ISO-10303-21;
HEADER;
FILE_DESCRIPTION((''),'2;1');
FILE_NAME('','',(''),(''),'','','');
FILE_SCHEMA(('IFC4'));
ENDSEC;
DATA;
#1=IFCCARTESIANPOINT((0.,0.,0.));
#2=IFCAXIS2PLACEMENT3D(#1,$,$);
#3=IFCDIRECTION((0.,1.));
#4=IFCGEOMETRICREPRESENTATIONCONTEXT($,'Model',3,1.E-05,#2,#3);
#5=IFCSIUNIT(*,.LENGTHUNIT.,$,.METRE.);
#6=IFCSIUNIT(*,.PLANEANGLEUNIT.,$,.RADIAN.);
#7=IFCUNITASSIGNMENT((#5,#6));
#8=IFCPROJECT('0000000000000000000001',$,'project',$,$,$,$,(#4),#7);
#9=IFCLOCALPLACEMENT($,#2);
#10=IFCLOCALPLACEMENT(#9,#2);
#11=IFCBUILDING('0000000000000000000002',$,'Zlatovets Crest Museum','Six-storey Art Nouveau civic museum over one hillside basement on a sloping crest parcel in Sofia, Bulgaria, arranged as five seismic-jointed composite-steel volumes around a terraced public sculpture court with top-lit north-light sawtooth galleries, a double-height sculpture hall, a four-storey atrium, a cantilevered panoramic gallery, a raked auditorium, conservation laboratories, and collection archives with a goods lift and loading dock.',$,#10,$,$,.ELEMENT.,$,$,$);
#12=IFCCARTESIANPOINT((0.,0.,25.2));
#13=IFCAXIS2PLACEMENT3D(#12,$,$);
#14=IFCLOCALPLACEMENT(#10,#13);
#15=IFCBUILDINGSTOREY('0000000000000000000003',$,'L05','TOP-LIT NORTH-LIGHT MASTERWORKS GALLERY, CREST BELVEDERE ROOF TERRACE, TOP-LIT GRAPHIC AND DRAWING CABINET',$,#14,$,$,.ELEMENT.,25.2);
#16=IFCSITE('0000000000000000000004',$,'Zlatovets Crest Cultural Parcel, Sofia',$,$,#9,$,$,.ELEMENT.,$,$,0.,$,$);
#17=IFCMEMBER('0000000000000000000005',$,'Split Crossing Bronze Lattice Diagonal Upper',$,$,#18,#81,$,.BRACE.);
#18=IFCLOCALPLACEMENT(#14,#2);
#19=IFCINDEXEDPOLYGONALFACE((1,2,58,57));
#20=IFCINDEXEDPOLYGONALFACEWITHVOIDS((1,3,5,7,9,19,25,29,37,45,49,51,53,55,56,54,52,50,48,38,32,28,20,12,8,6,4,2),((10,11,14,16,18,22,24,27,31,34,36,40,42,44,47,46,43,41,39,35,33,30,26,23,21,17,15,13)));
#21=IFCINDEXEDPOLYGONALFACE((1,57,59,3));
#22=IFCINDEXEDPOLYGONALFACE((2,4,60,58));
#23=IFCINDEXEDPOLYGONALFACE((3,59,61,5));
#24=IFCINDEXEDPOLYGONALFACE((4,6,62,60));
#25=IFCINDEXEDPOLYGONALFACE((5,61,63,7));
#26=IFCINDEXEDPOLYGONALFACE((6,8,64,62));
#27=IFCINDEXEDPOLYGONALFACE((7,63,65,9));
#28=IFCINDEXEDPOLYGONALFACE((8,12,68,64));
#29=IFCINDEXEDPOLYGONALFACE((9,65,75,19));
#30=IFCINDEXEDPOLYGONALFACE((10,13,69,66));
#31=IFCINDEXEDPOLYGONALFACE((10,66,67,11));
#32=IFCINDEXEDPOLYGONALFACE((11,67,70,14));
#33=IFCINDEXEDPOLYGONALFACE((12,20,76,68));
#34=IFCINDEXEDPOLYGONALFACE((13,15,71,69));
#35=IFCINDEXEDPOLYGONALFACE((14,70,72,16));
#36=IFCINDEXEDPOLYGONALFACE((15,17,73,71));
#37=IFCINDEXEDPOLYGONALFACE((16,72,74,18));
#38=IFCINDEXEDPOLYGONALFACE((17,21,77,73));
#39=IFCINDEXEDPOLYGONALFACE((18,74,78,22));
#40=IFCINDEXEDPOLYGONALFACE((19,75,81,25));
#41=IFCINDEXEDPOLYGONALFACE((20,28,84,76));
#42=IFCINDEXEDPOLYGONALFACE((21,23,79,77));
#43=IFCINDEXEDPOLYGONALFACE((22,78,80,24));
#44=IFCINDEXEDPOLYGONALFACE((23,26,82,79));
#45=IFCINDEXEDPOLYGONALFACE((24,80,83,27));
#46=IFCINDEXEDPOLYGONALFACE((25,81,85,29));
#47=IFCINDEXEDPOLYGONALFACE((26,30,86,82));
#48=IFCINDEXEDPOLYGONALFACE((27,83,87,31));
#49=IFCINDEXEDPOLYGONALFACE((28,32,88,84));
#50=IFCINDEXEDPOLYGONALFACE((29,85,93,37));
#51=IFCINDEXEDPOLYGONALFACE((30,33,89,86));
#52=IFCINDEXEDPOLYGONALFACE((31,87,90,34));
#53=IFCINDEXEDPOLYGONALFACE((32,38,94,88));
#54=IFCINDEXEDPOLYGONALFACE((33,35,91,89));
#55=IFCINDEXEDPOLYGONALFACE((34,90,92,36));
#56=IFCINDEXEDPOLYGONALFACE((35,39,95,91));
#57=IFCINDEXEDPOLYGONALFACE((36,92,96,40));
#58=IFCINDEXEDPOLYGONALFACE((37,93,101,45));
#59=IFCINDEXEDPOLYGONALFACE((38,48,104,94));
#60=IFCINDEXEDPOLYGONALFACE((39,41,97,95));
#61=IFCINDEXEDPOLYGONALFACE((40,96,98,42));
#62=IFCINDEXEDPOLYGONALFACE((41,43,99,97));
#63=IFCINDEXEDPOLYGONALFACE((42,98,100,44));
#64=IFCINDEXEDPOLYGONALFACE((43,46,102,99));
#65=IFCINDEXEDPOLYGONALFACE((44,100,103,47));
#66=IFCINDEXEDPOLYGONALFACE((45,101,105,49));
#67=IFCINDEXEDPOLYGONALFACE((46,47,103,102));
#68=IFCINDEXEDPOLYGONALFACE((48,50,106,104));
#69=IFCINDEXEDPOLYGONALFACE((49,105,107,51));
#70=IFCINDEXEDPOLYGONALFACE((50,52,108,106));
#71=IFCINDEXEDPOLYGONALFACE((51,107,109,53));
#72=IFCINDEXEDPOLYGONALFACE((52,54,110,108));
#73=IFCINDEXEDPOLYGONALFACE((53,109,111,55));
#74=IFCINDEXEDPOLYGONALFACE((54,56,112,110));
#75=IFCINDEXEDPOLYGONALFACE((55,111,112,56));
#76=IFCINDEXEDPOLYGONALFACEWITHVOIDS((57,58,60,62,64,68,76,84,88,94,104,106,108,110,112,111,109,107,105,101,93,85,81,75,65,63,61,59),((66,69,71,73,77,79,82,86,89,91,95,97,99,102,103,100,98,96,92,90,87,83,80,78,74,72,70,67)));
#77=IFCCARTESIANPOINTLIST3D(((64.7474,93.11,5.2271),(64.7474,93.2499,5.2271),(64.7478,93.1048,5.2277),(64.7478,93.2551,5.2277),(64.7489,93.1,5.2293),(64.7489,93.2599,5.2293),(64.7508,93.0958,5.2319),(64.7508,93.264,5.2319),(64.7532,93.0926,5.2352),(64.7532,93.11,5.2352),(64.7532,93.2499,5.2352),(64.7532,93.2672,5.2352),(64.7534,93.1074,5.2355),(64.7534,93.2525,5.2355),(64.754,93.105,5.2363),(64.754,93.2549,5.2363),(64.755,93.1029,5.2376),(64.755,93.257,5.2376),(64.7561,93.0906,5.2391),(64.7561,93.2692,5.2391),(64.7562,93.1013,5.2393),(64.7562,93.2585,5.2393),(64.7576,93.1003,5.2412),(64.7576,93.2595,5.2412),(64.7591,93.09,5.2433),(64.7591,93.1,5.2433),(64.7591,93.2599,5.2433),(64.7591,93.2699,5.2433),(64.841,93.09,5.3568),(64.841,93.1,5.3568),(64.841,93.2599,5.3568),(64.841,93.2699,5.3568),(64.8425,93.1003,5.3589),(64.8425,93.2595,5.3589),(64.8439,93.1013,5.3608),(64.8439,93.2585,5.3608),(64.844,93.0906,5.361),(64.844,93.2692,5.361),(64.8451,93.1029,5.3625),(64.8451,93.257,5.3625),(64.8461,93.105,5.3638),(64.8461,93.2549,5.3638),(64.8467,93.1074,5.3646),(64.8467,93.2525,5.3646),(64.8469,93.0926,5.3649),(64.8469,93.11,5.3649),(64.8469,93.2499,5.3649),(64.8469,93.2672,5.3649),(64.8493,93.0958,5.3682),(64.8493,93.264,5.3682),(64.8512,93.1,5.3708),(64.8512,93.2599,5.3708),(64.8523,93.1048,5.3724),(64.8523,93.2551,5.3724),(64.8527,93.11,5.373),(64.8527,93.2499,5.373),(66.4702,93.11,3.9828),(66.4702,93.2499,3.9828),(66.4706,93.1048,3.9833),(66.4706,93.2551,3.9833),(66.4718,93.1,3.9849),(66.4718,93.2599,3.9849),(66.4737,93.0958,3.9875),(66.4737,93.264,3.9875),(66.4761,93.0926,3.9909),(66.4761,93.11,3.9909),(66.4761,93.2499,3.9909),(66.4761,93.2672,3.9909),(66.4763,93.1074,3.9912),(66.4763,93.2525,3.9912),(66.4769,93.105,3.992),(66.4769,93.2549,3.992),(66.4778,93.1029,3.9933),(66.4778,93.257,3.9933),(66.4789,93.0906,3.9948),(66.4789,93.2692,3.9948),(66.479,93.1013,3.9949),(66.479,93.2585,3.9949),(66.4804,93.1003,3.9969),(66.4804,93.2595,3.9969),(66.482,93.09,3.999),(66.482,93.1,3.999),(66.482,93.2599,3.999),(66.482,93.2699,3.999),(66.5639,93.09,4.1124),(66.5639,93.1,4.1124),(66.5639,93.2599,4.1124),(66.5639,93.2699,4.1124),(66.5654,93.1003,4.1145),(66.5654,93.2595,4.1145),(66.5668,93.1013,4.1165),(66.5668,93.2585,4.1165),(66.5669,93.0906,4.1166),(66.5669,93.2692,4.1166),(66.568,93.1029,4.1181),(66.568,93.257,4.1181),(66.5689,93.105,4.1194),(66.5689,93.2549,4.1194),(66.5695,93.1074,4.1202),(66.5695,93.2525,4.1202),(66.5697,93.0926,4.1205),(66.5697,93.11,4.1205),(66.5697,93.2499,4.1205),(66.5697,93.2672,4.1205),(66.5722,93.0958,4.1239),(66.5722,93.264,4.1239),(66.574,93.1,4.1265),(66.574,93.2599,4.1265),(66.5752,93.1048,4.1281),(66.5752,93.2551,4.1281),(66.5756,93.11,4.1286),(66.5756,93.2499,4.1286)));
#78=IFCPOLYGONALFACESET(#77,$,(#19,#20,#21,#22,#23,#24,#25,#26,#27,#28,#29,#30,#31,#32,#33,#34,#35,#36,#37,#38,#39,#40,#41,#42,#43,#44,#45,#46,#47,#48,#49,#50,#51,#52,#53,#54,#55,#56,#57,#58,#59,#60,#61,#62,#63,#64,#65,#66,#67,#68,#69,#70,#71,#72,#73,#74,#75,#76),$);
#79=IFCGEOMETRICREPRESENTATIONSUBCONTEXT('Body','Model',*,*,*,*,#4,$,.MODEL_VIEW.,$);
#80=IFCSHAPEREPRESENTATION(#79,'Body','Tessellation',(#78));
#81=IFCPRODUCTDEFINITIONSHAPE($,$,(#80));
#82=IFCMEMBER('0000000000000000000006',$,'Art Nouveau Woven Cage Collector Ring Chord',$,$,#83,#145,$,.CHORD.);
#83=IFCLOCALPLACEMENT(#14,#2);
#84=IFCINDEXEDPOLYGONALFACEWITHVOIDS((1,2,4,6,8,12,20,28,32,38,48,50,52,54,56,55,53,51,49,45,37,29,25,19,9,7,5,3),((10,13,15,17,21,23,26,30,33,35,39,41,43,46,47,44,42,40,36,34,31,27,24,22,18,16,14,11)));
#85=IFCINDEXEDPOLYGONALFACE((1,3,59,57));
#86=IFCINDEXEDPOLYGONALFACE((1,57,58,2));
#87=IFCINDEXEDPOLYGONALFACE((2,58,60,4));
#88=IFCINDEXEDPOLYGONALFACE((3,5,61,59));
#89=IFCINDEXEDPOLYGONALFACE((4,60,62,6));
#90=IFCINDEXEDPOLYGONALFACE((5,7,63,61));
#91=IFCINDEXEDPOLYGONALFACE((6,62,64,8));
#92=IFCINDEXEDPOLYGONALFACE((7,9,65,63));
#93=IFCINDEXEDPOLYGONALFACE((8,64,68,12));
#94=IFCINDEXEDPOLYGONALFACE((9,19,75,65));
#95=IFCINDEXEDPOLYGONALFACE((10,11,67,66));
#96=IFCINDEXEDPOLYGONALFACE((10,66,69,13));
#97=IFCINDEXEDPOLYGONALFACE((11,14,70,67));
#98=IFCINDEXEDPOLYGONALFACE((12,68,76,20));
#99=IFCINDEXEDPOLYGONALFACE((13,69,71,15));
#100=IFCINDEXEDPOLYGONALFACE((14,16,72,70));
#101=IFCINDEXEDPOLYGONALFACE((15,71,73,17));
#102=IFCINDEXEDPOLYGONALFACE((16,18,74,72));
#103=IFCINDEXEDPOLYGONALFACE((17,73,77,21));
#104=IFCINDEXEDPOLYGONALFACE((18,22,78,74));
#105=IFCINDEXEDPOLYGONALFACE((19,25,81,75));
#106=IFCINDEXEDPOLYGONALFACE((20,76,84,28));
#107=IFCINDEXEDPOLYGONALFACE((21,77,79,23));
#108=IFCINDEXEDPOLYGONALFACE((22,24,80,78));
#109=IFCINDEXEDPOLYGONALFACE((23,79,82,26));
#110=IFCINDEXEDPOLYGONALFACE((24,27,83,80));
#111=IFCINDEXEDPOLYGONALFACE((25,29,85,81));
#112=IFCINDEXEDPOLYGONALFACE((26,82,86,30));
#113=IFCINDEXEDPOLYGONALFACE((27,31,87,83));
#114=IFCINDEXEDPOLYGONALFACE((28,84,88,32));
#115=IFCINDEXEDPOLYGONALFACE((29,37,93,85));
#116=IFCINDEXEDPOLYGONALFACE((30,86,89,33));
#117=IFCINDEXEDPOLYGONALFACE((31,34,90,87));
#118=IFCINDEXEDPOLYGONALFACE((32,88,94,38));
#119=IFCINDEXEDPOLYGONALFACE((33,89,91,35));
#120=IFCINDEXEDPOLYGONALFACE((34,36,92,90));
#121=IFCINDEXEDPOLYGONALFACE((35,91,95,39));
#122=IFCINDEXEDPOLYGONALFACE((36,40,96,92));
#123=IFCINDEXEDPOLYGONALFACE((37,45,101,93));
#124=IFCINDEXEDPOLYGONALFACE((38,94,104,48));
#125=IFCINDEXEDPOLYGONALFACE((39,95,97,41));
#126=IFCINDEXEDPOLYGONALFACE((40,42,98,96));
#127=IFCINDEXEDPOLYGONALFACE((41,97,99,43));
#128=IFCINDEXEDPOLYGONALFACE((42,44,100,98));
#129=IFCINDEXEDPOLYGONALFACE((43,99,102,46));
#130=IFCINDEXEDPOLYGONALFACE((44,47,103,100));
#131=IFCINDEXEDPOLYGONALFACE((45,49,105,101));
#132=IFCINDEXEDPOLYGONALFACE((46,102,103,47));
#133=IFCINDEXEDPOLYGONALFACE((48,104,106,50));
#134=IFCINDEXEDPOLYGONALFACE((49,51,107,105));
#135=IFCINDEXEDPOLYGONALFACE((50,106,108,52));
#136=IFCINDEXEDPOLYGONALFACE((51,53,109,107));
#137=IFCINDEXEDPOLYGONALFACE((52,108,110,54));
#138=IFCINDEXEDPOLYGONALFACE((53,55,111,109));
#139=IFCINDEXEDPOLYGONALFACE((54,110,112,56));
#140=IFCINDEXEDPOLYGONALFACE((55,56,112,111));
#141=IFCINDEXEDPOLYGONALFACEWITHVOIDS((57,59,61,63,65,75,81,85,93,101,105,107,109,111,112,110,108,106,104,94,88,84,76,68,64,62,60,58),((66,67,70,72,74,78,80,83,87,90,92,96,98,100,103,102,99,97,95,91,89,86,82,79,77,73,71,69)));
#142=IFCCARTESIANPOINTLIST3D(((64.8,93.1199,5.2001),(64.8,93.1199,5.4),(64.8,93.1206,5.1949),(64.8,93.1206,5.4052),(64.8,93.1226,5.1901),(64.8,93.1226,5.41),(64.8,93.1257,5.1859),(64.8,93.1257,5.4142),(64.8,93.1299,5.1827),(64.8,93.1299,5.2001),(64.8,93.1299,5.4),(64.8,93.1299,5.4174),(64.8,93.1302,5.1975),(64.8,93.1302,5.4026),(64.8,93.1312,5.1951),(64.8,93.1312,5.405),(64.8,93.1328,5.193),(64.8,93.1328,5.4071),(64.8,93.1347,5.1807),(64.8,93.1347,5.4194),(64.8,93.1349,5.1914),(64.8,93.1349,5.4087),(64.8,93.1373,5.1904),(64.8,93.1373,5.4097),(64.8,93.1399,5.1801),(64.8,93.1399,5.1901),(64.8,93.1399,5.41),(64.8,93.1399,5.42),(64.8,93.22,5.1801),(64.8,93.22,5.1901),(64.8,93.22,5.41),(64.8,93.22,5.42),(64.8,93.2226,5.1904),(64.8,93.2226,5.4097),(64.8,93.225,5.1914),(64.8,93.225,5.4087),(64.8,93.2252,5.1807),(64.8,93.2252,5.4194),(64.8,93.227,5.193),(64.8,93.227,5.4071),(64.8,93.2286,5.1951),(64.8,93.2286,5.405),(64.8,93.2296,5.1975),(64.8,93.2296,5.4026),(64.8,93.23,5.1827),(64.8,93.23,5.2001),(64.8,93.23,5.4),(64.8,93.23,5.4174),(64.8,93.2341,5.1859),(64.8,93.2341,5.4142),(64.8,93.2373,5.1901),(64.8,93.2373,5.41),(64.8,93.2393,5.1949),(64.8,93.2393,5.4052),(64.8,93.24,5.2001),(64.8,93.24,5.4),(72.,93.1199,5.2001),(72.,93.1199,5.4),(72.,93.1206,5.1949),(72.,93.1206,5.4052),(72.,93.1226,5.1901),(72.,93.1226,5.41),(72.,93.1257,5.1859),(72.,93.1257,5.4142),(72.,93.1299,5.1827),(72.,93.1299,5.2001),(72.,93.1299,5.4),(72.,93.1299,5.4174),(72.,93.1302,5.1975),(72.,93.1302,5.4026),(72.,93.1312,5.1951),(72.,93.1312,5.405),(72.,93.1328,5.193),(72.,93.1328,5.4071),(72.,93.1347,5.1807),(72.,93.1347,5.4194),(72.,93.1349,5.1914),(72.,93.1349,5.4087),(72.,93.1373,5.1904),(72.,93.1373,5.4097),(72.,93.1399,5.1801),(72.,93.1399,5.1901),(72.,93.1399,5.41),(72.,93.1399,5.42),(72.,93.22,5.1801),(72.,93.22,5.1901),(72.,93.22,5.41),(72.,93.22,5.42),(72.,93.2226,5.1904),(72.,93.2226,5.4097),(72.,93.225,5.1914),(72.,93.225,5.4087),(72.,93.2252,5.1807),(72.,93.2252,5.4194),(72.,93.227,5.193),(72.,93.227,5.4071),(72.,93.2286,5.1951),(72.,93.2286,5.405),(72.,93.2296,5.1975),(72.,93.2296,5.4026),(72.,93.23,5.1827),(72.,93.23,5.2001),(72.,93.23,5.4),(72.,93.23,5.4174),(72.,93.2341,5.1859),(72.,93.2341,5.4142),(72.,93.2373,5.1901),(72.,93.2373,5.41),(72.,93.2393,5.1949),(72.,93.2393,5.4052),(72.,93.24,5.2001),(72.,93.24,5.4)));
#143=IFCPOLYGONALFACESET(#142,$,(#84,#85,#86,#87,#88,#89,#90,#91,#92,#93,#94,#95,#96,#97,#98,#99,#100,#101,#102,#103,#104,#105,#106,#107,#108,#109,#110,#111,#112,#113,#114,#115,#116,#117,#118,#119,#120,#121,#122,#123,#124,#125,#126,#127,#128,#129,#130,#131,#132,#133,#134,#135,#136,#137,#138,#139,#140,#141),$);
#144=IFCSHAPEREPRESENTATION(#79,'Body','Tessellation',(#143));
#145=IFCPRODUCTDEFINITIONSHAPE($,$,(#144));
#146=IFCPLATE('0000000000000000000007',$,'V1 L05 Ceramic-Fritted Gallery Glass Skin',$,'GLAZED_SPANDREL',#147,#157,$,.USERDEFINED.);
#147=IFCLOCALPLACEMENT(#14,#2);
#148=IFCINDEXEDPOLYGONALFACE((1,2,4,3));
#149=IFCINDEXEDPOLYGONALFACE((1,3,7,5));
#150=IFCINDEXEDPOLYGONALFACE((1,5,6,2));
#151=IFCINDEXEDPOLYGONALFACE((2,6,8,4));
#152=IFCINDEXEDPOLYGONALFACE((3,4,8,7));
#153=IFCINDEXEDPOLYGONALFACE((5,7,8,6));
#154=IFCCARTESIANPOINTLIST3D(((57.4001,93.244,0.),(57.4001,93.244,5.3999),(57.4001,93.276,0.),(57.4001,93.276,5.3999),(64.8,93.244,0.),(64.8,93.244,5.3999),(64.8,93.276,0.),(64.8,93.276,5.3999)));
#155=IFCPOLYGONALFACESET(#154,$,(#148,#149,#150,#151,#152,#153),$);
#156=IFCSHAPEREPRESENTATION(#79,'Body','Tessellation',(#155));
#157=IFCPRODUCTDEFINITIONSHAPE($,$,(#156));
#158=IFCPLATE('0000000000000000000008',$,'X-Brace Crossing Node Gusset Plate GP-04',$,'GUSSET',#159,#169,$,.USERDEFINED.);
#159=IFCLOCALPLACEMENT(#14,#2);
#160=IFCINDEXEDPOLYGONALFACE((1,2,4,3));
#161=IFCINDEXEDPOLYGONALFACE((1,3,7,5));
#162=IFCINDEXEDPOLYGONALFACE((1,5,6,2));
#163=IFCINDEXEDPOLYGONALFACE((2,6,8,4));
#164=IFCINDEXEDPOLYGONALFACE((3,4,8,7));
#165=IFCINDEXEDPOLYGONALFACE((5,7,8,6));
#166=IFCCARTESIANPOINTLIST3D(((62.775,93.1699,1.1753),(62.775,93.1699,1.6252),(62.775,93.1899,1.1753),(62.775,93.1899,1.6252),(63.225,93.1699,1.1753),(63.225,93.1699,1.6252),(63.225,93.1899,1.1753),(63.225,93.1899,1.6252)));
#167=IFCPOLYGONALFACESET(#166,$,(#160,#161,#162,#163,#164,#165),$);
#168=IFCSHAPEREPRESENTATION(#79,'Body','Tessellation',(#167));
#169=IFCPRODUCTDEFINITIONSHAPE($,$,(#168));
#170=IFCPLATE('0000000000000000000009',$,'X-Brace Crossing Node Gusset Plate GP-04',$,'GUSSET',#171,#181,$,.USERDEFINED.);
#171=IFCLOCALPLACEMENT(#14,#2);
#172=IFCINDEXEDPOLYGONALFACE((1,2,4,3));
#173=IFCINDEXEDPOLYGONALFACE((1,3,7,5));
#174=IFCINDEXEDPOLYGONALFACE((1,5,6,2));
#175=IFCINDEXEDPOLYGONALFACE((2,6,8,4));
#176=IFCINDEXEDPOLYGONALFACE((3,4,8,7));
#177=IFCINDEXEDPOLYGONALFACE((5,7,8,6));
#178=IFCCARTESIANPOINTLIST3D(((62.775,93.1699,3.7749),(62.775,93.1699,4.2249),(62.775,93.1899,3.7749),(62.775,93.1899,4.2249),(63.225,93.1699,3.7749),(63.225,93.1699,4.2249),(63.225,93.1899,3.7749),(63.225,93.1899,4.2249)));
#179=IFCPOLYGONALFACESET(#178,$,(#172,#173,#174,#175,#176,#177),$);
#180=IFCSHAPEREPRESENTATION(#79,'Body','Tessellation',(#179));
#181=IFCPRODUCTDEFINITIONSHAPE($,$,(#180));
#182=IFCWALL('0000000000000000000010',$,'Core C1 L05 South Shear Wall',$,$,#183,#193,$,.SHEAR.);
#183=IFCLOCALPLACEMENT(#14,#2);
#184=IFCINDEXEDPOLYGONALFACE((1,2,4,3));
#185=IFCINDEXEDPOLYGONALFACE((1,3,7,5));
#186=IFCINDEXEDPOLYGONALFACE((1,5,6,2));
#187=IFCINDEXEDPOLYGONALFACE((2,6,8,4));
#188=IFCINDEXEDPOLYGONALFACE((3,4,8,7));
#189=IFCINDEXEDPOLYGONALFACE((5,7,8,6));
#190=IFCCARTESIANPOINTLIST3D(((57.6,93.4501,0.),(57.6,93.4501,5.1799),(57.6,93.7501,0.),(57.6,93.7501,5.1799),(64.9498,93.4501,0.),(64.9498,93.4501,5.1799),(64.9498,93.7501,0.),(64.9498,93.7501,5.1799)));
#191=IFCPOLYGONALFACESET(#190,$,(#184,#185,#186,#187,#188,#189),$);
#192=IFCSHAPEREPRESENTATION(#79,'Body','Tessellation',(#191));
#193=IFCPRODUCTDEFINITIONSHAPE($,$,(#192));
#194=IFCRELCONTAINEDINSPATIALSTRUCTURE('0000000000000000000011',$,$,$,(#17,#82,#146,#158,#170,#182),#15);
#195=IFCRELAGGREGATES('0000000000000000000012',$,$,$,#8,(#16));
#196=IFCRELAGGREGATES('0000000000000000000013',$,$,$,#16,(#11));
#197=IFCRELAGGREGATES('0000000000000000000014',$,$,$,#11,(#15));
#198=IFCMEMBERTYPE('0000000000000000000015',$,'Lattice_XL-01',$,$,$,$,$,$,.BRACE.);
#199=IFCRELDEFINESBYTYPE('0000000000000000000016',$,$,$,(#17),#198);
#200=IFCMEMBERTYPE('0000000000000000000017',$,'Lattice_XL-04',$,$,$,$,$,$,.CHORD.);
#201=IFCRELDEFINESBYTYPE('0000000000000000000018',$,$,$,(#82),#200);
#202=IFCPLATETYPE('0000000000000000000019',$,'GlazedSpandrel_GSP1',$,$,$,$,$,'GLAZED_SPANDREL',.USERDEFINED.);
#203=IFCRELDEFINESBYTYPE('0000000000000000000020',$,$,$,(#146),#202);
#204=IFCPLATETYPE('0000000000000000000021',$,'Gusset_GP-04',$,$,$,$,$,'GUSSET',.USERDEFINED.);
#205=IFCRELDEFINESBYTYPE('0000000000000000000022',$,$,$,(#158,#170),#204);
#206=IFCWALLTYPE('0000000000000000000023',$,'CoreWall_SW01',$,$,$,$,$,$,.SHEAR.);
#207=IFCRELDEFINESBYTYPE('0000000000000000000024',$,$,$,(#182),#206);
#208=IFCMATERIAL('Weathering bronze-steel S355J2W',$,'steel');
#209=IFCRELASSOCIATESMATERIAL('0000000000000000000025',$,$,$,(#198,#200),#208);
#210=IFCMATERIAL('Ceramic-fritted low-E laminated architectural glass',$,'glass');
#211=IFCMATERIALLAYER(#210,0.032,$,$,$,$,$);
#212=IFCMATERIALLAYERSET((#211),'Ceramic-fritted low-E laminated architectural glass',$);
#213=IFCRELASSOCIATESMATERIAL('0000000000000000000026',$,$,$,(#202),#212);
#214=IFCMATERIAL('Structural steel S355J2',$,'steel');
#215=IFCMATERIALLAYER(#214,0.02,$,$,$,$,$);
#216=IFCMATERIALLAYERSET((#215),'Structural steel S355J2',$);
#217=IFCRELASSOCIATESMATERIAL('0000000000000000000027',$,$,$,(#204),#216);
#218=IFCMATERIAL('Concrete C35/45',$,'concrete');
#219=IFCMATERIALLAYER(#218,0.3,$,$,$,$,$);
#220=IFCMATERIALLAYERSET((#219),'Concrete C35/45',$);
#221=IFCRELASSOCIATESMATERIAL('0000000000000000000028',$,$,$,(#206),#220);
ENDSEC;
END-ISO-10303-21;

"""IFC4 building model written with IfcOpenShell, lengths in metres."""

from ifc_helpers import new_model, si_unit, direction, frame, frame_2d, origin, origin_2d, place, context, subcontext, project, spatial, rectangle, hollow_rectangle, extrude, material, layer, layer_set, material_profile, profile_set, type_object, element, save


model = new_model("IFC4")

# Units and contexts
model_context = context("Model", 3, precision=1e-05, world=origin(), true_north=direction((0.0, 1.0)))
body_context = subcontext(model_context, "Body", "Model", "MODEL_VIEW")
ifc_project = project(units=[si_unit("LENGTHUNIT", "METRE"), si_unit("PLANEANGLEUNIT", "RADIAN")], contexts=[model_context])

# Site, building, storey
site_placement = place(None, origin())
site = spatial("IfcSite", under=ifc_project, at=site_placement, Name="Zlatovets Crest Cultural Parcel, Sofia", CompositionType="ELEMENT", RefElevation=0.0)
building_placement = place(site_placement, origin())
building = spatial("IfcBuilding", under=site, at=building_placement, Name="Zlatovets Crest Museum", Description="Six-storey Art Nouveau civic museum over one hillside basement on a sloping crest parcel in Sofia, Bulgaria, arranged as five seismic-jointed composite-steel volumes around a terraced public sculpture court with top-lit north-light sawtooth galleries, a double-height sculpture hall, a four-storey atrium, a cantilevered panoramic gallery, a raked auditorium, conservation laboratories, and collection archives with a goods lift and loading dock.", CompositionType="ELEMENT")
storey_placement = place(building_placement, frame((0.0, 0.0, 25.2)))
storey = spatial("IfcBuildingStorey", under=building, at=storey_placement, Name="L05", Description="TOP-LIT NORTH-LIGHT MASTERWORKS GALLERY, CREST BELVEDERE ROOF TERRACE, TOP-LIT GRAPHIC AND DRAWING CABINET", CompositionType="ELEMENT", Elevation=25.2)

# Shared definitions
ifc_material_1 = material(Name="Structural steel S355J2", Category="steel")

# Members
ifc_material_2 = material(Name="Weathering bronze-steel S355J2W", Category="steel")
ifc_material_profile_1 = material_profile(ifc_material_2, hollow_rectangle(XDim=0.1799, YDim=0.1799, WallThickness=0.01, InnerFilletRadius=0.01, OuterFilletRadius=0.02, at=origin_2d()), Name="SHS 180x180x10.0")
ifc_profile_set_1 = profile_set([ifc_material_profile_1], Name="Weathering bronze-steel S355J2W")
member_type_1 = type_object("IfcMemberType", Name="Lattice_XL-01", PredefinedType="BRACE", material=ifc_profile_set_1)
member_1_placement = place(storey_placement, frame((64.8, 93.1799, 5.3), z_axis=(0.810664, 0.0, -0.585512), x_axis=(0.0, 1.0, 0.0)))
element("IfcMember", 1, at=member_1_placement, inside=storey, type_object=member_type_1, Name="Split Crossing Bronze Lattice Diagonal Upper", PredefinedType="BRACE", context=body_context, shape_type="SweptSolid", body=[
    extrude(hollow_rectangle(XDim=0.1799, YDim=0.1799, WallThickness=0.01, InnerFilletRadius=0.01, OuterFilletRadius=0.02, at=origin_2d()), origin(), (0.0, 0.0, 1.0), 2.1252),
])
ifc_material_profile_2 = material_profile(ifc_material_2, hollow_rectangle(XDim=0.1201, YDim=0.24, WallThickness=0.01, InnerFilletRadius=0.01, OuterFilletRadius=0.02, at=origin_2d()), Name="RHS 120x240x10.0")
ifc_profile_set_2 = profile_set([ifc_material_profile_2], Name="Weathering bronze-steel S355J2W")
member_type_2 = type_object("IfcMemberType", Name="Lattice_XL-04", PredefinedType="CHORD", material=ifc_profile_set_2)
member_2_placement = place(storey_placement, frame((64.8, 93.1799, 5.3), z_axis=(1.0, 0.0, 0.0), x_axis=(0.0, 1.0, 0.0)))
element("IfcMember", 2, at=member_2_placement, inside=storey, type_object=member_type_2, Name="Art Nouveau Woven Cage Collector Ring Chord", PredefinedType="CHORD", context=body_context, shape_type="SweptSolid", body=[
    extrude(hollow_rectangle(XDim=0.1201, YDim=0.24, WallThickness=0.01, InnerFilletRadius=0.01, OuterFilletRadius=0.02, at=origin_2d()), origin(), (0.0, 0.0, 1.0), 7.2),
])

# Plates
ifc_material_3 = material(Name="Ceramic-fritted low-E laminated architectural glass", Category="glass")
ifc_layer_1 = layer(ifc_material_3, 0.032)
ifc_layer_set_1 = layer_set([ifc_layer_1], Name="Ceramic-fritted low-E laminated architectural glass")
plate_type_1 = type_object("IfcPlateType", Name="GlazedSpandrel_GSP1", ElementType="GLAZED_SPANDREL", PredefinedType="USERDEFINED", material=ifc_layer_set_1)
plate_placement = place(storey_placement, frame((61.1001, 93.26, 0.0), z_axis=(0.0, 0.0, 1.0), x_axis=(1.0, 0.0, 0.0)))
element("IfcPlate", 3, at=plate_placement, inside=storey, type_object=plate_type_1, Name="V1 L05 Ceramic-Fritted Gallery Glass Skin", ObjectType="GLAZED_SPANDREL", PredefinedType="USERDEFINED", context=body_context, shape_type="SweptSolid", body=[
    extrude(rectangle(XDim=7.3999, YDim=0.032, at=origin_2d()), origin(), (0.0, 0.0, 1.0), 5.3999),
])
ifc_layer_2 = layer(ifc_material_1, 0.02)
ifc_layer_set_2 = layer_set([ifc_layer_2], Name="Structural steel S355J2")
plate_type_2 = type_object("IfcPlateType", Name="Gusset_GP-04", ElementType="GUSSET", PredefinedType="USERDEFINED", material=ifc_layer_set_2)
for number, where, z_axis, x_axis, name in (
    (4, (63.0, 93.1799, 1.1753), (0.0, 0.0, 1.0), (1.0, 0.0, 0.0), "X-Brace Crossing Node Gusset Plate GP-04"),
    (5, (63.0, 93.1799, 3.7749), (0.0, 0.0, 1.0), (1.0, 0.0, 0.0), "X-Brace Crossing Node Gusset Plate GP-04"),
):
    element("IfcPlate", number, at=place(storey_placement, frame(where, z_axis=z_axis, x_axis=x_axis)), inside=storey, type_object=plate_type_2, Name=name, ObjectType="GUSSET", PredefinedType="USERDEFINED", context=body_context, shape_type="SweptSolid", body=[
        extrude(rectangle(XDim=0.45, YDim=0.02, at=origin_2d()), origin(), (0.0, 0.0, 1.0), 0.45),
    ])

# Wall
ifc_material_4 = material(Name="Concrete C35/45", Category="concrete")
ifc_layer_3 = layer(ifc_material_4, 0.3)
ifc_layer_set_3 = layer_set([ifc_layer_3], Name="Concrete C35/45")
wall_type_1 = type_object("IfcWallType", Name="CoreWall_SW01", PredefinedType="SHEAR", material=ifc_layer_set_3)
wall_1_placement = place(storey_placement, frame((57.6001, 93.6001, 0.0), z_axis=(0.0, 0.0, 1.0), x_axis=(1.0, 0.0, 0.0)))
element("IfcWall", 6, at=wall_1_placement, inside=storey, type_object=wall_type_1, Name="Core C1 L05 South Shear Wall", PredefinedType="SHEAR", context=body_context, shape_type="SweptSolid", body=[
    extrude(rectangle(XDim=7.3499, YDim=0.3, at=frame_2d((3.6748, 0.0))), origin(), (0.0, 0.0, 1.0), 5.1799),
])

save(model, "model.ifc")
